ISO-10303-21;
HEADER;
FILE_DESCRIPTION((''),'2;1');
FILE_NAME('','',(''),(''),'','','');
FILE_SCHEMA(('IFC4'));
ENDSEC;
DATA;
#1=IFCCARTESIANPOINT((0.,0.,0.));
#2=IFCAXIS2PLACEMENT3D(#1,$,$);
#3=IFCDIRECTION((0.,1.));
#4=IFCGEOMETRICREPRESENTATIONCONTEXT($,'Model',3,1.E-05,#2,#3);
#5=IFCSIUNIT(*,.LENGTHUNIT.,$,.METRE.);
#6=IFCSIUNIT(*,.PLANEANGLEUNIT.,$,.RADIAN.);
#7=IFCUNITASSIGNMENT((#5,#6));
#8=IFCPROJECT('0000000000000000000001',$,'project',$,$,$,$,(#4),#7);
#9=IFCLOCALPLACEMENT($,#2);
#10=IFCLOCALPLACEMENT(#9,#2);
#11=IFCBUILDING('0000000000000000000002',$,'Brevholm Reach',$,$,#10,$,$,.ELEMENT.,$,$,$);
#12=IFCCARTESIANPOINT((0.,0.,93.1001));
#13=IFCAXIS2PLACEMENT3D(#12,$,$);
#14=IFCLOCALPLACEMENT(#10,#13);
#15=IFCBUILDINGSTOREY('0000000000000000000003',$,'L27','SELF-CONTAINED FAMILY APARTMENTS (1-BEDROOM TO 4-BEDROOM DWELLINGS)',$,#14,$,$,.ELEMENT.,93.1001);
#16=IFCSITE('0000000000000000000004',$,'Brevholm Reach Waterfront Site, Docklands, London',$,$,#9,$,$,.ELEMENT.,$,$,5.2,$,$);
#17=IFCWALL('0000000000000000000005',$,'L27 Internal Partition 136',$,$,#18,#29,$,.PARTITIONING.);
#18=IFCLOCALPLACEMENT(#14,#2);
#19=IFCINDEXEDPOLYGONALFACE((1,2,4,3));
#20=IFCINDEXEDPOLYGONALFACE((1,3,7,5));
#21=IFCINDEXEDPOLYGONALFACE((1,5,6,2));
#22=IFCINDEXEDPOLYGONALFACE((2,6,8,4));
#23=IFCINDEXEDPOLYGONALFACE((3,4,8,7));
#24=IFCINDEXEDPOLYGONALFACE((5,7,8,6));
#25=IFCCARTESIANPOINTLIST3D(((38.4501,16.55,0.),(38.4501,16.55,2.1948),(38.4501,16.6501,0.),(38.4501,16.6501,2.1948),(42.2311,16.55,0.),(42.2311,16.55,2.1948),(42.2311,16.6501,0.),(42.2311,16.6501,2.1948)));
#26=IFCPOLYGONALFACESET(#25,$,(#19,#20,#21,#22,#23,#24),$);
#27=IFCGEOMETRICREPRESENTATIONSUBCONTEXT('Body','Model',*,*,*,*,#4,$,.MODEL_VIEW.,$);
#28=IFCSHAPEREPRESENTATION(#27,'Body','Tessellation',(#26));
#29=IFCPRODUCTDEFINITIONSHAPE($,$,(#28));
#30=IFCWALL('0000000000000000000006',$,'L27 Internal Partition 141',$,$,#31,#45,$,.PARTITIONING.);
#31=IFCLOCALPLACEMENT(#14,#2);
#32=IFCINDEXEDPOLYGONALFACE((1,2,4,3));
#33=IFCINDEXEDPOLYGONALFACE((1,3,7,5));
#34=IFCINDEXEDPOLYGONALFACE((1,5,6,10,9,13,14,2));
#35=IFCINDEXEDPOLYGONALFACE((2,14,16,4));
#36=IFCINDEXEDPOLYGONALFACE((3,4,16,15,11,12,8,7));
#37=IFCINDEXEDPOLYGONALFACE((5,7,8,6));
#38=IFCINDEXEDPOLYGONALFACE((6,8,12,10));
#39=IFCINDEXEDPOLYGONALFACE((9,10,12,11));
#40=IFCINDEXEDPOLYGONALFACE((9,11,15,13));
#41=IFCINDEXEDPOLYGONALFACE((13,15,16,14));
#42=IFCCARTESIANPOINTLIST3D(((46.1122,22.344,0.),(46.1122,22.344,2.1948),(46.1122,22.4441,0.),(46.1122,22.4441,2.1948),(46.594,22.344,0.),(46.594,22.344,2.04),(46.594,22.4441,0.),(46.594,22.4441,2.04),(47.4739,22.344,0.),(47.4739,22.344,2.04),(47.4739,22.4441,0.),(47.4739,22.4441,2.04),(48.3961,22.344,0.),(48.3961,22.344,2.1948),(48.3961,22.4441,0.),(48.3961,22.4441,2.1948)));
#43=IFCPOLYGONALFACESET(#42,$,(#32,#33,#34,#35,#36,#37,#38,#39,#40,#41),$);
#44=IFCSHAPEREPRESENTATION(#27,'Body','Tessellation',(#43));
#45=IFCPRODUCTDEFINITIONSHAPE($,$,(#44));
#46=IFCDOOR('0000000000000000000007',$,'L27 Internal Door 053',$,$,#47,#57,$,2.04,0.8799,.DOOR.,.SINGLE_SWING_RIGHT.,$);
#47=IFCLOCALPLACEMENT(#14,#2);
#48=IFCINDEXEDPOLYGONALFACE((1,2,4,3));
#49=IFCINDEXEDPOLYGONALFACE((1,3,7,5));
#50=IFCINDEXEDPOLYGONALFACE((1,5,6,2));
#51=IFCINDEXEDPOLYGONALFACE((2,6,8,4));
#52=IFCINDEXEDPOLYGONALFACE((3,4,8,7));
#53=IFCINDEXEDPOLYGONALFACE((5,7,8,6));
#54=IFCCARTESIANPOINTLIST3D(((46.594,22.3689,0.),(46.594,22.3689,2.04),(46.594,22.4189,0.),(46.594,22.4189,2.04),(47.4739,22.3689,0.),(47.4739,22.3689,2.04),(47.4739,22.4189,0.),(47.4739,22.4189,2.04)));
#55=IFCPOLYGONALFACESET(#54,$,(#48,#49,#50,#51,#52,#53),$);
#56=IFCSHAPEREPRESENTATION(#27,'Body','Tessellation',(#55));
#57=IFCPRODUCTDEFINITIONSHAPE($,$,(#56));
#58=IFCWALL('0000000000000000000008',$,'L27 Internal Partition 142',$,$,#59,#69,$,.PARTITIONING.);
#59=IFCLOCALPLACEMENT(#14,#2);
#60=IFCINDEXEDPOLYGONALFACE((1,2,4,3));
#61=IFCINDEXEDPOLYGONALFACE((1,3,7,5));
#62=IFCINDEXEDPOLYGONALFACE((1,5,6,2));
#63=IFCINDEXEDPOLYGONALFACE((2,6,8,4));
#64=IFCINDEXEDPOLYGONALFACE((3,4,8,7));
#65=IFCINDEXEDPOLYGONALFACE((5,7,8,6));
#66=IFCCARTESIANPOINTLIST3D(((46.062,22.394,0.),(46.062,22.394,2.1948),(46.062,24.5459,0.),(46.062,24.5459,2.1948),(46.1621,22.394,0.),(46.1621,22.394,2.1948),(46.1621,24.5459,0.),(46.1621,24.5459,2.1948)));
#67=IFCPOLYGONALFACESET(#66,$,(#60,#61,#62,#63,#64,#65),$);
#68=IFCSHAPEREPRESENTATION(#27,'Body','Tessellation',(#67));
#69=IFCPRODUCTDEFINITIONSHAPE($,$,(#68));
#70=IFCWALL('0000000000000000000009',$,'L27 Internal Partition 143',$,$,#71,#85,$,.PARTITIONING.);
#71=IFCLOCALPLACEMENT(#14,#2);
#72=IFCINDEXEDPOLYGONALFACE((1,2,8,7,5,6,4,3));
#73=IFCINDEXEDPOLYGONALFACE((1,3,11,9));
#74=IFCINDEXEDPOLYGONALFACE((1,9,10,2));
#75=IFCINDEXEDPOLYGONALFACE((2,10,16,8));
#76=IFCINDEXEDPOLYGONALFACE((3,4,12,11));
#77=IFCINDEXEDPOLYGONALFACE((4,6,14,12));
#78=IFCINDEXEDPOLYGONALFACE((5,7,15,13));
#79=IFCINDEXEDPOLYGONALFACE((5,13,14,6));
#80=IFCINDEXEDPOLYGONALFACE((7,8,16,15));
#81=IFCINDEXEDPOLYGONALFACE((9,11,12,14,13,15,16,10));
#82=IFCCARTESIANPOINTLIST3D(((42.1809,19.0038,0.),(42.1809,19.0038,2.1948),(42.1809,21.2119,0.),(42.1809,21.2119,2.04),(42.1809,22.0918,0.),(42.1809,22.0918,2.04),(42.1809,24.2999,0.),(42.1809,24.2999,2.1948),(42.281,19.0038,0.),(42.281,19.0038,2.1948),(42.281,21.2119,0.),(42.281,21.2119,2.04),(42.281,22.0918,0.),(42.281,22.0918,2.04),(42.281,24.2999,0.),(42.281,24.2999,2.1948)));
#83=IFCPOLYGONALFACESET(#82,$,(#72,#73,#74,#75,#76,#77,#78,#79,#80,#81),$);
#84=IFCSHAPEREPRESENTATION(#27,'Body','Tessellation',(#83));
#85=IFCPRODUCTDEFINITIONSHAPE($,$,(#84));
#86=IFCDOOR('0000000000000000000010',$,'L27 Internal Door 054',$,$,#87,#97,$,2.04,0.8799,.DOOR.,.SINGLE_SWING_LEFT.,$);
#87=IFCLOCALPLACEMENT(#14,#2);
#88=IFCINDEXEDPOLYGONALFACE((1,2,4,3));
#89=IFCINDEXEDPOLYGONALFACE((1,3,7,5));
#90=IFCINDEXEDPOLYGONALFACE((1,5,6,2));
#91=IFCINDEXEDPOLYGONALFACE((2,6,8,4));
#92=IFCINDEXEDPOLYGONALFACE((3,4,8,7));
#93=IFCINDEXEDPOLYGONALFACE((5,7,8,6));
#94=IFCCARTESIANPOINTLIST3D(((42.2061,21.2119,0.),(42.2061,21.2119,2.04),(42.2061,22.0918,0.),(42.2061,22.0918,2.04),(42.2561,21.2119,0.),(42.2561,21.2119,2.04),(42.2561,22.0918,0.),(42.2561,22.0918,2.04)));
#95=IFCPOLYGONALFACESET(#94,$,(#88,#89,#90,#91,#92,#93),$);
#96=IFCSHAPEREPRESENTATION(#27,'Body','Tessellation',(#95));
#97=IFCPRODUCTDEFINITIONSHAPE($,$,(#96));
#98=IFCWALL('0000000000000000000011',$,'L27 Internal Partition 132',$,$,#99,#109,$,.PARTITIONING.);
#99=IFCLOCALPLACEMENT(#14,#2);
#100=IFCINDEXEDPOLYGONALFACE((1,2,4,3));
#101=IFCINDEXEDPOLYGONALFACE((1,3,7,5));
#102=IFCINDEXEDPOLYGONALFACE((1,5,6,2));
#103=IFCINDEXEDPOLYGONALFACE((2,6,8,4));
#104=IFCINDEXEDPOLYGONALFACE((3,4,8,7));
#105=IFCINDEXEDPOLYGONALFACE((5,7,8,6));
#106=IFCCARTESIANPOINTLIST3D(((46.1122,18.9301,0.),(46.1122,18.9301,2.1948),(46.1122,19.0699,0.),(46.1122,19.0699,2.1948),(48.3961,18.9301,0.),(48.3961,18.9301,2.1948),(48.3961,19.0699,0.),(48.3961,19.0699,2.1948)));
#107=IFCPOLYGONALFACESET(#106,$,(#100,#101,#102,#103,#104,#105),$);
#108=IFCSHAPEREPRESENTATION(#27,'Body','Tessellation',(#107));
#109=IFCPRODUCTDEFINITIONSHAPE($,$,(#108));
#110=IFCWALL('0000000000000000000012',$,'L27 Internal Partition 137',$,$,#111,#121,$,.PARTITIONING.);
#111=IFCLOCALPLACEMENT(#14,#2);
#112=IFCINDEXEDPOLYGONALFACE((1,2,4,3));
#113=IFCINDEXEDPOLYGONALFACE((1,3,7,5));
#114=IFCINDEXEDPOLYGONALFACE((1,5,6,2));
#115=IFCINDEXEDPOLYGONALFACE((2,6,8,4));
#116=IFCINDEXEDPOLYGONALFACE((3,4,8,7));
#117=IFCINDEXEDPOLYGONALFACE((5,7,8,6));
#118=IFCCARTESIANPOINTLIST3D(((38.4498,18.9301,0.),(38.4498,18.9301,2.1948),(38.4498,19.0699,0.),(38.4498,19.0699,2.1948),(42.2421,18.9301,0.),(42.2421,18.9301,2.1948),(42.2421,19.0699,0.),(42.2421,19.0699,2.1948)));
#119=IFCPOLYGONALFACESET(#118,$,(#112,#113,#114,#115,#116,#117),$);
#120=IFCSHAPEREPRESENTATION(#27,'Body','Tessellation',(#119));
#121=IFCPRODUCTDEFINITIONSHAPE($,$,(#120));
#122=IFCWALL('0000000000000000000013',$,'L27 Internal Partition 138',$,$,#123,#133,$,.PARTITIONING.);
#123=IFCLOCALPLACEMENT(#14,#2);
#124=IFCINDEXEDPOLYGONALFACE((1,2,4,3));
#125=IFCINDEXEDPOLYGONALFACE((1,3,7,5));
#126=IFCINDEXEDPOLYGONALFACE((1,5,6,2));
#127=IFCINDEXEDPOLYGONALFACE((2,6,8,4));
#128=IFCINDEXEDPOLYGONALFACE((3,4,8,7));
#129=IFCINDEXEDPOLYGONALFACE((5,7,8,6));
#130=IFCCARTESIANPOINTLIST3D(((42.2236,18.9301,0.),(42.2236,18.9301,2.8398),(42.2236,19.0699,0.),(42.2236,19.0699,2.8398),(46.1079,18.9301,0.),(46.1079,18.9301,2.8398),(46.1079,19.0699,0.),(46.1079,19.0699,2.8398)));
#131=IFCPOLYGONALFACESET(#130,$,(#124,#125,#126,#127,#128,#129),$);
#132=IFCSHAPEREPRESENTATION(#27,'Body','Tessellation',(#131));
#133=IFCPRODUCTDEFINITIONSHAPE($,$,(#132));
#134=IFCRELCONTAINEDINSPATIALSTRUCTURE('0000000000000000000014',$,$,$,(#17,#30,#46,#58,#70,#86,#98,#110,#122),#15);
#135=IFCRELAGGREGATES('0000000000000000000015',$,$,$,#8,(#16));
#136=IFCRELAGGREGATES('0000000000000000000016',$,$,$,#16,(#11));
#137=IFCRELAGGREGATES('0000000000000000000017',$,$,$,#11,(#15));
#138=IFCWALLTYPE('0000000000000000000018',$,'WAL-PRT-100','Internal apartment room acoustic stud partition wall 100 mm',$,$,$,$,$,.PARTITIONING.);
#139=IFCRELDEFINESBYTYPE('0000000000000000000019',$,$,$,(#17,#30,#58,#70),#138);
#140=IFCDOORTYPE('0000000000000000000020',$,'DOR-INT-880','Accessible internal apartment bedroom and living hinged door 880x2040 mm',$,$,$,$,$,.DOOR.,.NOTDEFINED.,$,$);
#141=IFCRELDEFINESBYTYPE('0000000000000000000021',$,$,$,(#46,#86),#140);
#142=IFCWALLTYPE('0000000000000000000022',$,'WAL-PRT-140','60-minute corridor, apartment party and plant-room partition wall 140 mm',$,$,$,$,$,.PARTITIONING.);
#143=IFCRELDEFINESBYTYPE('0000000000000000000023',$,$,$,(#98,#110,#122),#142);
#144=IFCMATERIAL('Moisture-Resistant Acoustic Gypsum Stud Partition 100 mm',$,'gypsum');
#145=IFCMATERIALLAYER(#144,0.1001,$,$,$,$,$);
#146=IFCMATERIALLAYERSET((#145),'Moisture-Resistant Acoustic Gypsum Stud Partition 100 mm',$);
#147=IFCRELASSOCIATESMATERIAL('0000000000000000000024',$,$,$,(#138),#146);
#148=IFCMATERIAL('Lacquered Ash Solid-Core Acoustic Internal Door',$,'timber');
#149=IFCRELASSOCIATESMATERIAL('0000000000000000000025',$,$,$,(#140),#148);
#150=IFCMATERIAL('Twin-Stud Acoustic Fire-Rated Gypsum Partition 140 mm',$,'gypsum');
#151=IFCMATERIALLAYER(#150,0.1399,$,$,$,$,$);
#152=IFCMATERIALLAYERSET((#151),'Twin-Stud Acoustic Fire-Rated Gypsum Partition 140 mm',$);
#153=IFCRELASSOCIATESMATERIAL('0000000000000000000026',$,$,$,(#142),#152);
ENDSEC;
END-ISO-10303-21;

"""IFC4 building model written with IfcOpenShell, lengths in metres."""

from ifc_helpers import new_model, si_unit, direction, frame, frame_2d, origin, place, context, subcontext, project, spatial, rectangle, extrude, material, layer, layer_set, type_object, element, fill, save


model = new_model("IFC4")

# Units and contexts
model_context = context("Model", 3, precision=1e-05, world=origin(), true_north=direction((0.0, 1.0)))
body_context = subcontext(model_context, "Body", "Model", "MODEL_VIEW")
ifc_project = project(units=[si_unit("LENGTHUNIT", "METRE"), si_unit("PLANEANGLEUNIT", "RADIAN")], contexts=[model_context])

# Site, building, storey
site_placement = place(None, origin())
site = spatial("IfcSite", under=ifc_project, at=site_placement, Name="Brevholm Reach Waterfront Site, Docklands, London", CompositionType="ELEMENT", RefElevation=5.2)
building_placement = place(site_placement, origin())
building = spatial("IfcBuilding", under=site, at=building_placement, Name="Brevholm Reach", CompositionType="ELEMENT")
storey_placement = place(building_placement, frame((0.0, 0.0, 93.1001)))
storey = spatial("IfcBuildingStorey", under=building, at=storey_placement, Name="L27", Description="SELF-CONTAINED FAMILY APARTMENTS (1-BEDROOM TO 4-BEDROOM DWELLINGS)", CompositionType="ELEMENT", Elevation=93.1001)

# Shared definitions
ifc_material_1 = material(Name="Moisture-Resistant Acoustic Gypsum Stud Partition 100 mm", Category="gypsum")
ifc_layer_1 = layer(ifc_material_1, 0.1001)
ifc_layer_set_1 = layer_set([ifc_layer_1], Name="Moisture-Resistant Acoustic Gypsum Stud Partition 100 mm")
wall_type_1 = type_object("IfcWallType", Name="WAL-PRT-100", Description="Internal apartment room acoustic stud partition wall 100 mm", PredefinedType="PARTITIONING", material=ifc_layer_set_1)

# Wall
wall_1_placement = place(storey_placement, frame((38.45, 16.6001, 0.0), z_axis=(0.0, 0.0, 1.0), x_axis=(1.0, 0.0, 0.0)))
element("IfcWall", 1, at=wall_1_placement, inside=storey, type_object=wall_type_1, Name="L27 Internal Partition 136", PredefinedType="PARTITIONING", context=body_context, shape_type="SweptSolid", body=[
    extrude(rectangle(XDim=3.781, YDim=0.1001, at=frame_2d((1.8906, 0.0))), origin(), (0.0, 0.0, 1.0), 2.1948),
])

# Wall, opening, door
wall_2_placement = place(storey_placement, frame((46.1121, 22.394, 0.0), z_axis=(0.0, 0.0, 1.0), x_axis=(1.0, 0.0, 0.0)))
wall_2 = element("IfcWall", 2, at=wall_2_placement, inside=storey, type_object=wall_type_1, Name="L27 Internal Partition 141", PredefinedType="PARTITIONING", context=body_context, shape_type="SweptSolid", body=[
    extrude(rectangle(XDim=2.2839, YDim=0.1001, at=frame_2d((1.1421, 0.0))), origin(), (0.0, 0.0, 1.0), 2.1948),
])
opening_1_placement = place(wall_2_placement, frame((0.4819, 0.0, 0.0)))
opening_1 = element("IfcOpeningElement", 3, at=opening_1_placement, cuts=wall_2, PredefinedType="OPENING", context=body_context, shape_type="SweptSolid", body=[
    extrude(rectangle(XDim=0.8799, YDim=2.04, at=frame_2d((0.4399, 1.02))), frame((0.0, 0.0601, 0.0), z_axis=(0.0, -1.0, 0.0), x_axis=(1.0, 0.0, 0.0)), (0.0, 0.0, 1.0), 0.1201),
])
ifc_material_2 = material(Name="Lacquered Ash Solid-Core Acoustic Internal Door", Category="timber")
door_type_1 = type_object("IfcDoorType", Name="DOR-INT-880", Description="Accessible internal apartment bedroom and living hinged door 880x2040 mm", OperationType="NOTDEFINED", PredefinedType="DOOR", material=ifc_material_2)
door_1_placement = place(opening_1_placement, origin())
door_1 = element("IfcDoor", 4, at=door_1_placement, inside=storey, type_object=door_type_1, Name="L27 Internal Door 053", OperationType="SINGLE_SWING_RIGHT", OverallHeight=2.04, OverallWidth=0.8799, PredefinedType="DOOR", context=body_context, shape_type="SweptSolid", body=[
    extrude(rectangle(XDim=0.8799, YDim=2.04, at=frame_2d((0.4399, 1.02))), frame((0.0, 0.0249, 0.0), z_axis=(0.0, -1.0, 0.0), x_axis=(1.0, 0.0, 0.0)), (0.0, 0.0, 1.0), 0.05),
])
fill(opening_1, door_1)

# Wall
wall_3_placement = place(storey_placement, frame((46.1121, 22.394, 0.0), z_axis=(0.0, 0.0, 1.0), x_axis=(0.0, 1.0, 0.0)))
element("IfcWall", 5, at=wall_3_placement, inside=storey, type_object=wall_type_1, Name="L27 Internal Partition 142", PredefinedType="PARTITIONING", context=body_context, shape_type="SweptSolid", body=[
    extrude(rectangle(XDim=2.1519, YDim=0.1001, at=frame_2d((1.0759, 0.0))), origin(), (0.0, 0.0, 1.0), 2.1948),
])

# Wall, opening, door
wall_4_placement = place(storey_placement, frame((42.231, 19.0039, 0.0), z_axis=(0.0, 0.0, 1.0), x_axis=(0.0, 1.0, 0.0)))
wall_4 = element("IfcWall", 6, at=wall_4_placement, inside=storey, type_object=wall_type_1, Name="L27 Internal Partition 143", PredefinedType="PARTITIONING", context=body_context, shape_type="SweptSolid", body=[
    extrude(rectangle(XDim=5.2961, YDim=0.1001, at=frame_2d((2.6479, 0.0))), origin(), (0.0, 0.0, 1.0), 2.1948),
])
opening_2_placement = place(wall_4_placement, frame((2.208, 0.0, 0.0)))
opening_2 = element("IfcOpeningElement", 7, at=opening_2_placement, cuts=wall_4, PredefinedType="OPENING", context=body_context, shape_type="SweptSolid", body=[
    extrude(rectangle(XDim=0.8799, YDim=2.04, at=frame_2d((0.4399, 1.02))), frame((0.0, 0.0601, 0.0), z_axis=(0.0, -1.0, 0.0), x_axis=(1.0, 0.0, 0.0)), (0.0, 0.0, 1.0), 0.1201),
])
door_2_placement = place(opening_2_placement, origin())
door_2 = element("IfcDoor", 8, at=door_2_placement, inside=storey, type_object=door_type_1, Name="L27 Internal Door 054", OperationType="SINGLE_SWING_LEFT", OverallHeight=2.04, OverallWidth=0.8799, PredefinedType="DOOR", context=body_context, shape_type="SweptSolid", body=[
    extrude(rectangle(XDim=0.8799, YDim=2.04, at=frame_2d((0.4399, 1.02))), frame((0.0, 0.0249, 0.0), z_axis=(0.0, -1.0, 0.0), x_axis=(1.0, 0.0, 0.0)), (0.0, 0.0, 1.0), 0.05),
])
fill(opening_2, door_2)

# Walls
ifc_material_3 = material(Name="Twin-Stud Acoustic Fire-Rated Gypsum Partition 140 mm", Category="gypsum")
ifc_layer_2 = layer(ifc_material_3, 0.1399)
ifc_layer_set_2 = layer_set([ifc_layer_2], Name="Twin-Stud Acoustic Fire-Rated Gypsum Partition 140 mm")
wall_type_2 = type_object("IfcWallType", Name="WAL-PRT-140", Description="60-minute corridor, apartment party and plant-room partition wall 140 mm", PredefinedType="PARTITIONING", material=ifc_layer_set_2)
wall_5_placement = place(storey_placement, frame((46.1121, 19.0, 0.0), z_axis=(0.0, 0.0, 1.0), x_axis=(1.0, 0.0, 0.0)))
element("IfcWall", 9, at=wall_5_placement, inside=storey, type_object=wall_type_2, Name="L27 Internal Partition 132", PredefinedType="PARTITIONING", context=body_context, shape_type="SweptSolid", body=[
    extrude(rectangle(XDim=2.2839, YDim=0.1399, at=frame_2d((1.1421, 0.0))), origin(), (0.0, 0.0, 1.0), 2.1948),
])
wall_6_placement = place(storey_placement, frame((38.45, 19.0, 0.0), z_axis=(0.0, 0.0, 1.0), x_axis=(1.0, 0.0, 0.0)))
element("IfcWall", 10, at=wall_6_placement, inside=storey, type_object=wall_type_2, Name="L27 Internal Partition 137", PredefinedType="PARTITIONING", context=body_context, shape_type="SweptSolid", body=[
    extrude(rectangle(XDim=3.7922, YDim=0.1399, at=frame_2d((1.896, 0.0))), origin(), (0.0, 0.0, 1.0), 2.1948),
])
wall_7_placement = place(storey_placement, frame((42.2236, 19.0, 0.0), z_axis=(0.0, 0.0, 1.0), x_axis=(1.0, 0.0, 0.0)))
element("IfcWall", 11, at=wall_7_placement, inside=storey, type_object=wall_type_2, Name="L27 Internal Partition 138", PredefinedType="PARTITIONING", context=body_context, shape_type="SweptSolid", body=[
    extrude(rectangle(XDim=3.8843, YDim=0.1399, at=frame_2d((1.9421, 0.0))), origin(), (0.0, 0.0, 1.0), 2.8398),
])

save(model, "model.ifc")
